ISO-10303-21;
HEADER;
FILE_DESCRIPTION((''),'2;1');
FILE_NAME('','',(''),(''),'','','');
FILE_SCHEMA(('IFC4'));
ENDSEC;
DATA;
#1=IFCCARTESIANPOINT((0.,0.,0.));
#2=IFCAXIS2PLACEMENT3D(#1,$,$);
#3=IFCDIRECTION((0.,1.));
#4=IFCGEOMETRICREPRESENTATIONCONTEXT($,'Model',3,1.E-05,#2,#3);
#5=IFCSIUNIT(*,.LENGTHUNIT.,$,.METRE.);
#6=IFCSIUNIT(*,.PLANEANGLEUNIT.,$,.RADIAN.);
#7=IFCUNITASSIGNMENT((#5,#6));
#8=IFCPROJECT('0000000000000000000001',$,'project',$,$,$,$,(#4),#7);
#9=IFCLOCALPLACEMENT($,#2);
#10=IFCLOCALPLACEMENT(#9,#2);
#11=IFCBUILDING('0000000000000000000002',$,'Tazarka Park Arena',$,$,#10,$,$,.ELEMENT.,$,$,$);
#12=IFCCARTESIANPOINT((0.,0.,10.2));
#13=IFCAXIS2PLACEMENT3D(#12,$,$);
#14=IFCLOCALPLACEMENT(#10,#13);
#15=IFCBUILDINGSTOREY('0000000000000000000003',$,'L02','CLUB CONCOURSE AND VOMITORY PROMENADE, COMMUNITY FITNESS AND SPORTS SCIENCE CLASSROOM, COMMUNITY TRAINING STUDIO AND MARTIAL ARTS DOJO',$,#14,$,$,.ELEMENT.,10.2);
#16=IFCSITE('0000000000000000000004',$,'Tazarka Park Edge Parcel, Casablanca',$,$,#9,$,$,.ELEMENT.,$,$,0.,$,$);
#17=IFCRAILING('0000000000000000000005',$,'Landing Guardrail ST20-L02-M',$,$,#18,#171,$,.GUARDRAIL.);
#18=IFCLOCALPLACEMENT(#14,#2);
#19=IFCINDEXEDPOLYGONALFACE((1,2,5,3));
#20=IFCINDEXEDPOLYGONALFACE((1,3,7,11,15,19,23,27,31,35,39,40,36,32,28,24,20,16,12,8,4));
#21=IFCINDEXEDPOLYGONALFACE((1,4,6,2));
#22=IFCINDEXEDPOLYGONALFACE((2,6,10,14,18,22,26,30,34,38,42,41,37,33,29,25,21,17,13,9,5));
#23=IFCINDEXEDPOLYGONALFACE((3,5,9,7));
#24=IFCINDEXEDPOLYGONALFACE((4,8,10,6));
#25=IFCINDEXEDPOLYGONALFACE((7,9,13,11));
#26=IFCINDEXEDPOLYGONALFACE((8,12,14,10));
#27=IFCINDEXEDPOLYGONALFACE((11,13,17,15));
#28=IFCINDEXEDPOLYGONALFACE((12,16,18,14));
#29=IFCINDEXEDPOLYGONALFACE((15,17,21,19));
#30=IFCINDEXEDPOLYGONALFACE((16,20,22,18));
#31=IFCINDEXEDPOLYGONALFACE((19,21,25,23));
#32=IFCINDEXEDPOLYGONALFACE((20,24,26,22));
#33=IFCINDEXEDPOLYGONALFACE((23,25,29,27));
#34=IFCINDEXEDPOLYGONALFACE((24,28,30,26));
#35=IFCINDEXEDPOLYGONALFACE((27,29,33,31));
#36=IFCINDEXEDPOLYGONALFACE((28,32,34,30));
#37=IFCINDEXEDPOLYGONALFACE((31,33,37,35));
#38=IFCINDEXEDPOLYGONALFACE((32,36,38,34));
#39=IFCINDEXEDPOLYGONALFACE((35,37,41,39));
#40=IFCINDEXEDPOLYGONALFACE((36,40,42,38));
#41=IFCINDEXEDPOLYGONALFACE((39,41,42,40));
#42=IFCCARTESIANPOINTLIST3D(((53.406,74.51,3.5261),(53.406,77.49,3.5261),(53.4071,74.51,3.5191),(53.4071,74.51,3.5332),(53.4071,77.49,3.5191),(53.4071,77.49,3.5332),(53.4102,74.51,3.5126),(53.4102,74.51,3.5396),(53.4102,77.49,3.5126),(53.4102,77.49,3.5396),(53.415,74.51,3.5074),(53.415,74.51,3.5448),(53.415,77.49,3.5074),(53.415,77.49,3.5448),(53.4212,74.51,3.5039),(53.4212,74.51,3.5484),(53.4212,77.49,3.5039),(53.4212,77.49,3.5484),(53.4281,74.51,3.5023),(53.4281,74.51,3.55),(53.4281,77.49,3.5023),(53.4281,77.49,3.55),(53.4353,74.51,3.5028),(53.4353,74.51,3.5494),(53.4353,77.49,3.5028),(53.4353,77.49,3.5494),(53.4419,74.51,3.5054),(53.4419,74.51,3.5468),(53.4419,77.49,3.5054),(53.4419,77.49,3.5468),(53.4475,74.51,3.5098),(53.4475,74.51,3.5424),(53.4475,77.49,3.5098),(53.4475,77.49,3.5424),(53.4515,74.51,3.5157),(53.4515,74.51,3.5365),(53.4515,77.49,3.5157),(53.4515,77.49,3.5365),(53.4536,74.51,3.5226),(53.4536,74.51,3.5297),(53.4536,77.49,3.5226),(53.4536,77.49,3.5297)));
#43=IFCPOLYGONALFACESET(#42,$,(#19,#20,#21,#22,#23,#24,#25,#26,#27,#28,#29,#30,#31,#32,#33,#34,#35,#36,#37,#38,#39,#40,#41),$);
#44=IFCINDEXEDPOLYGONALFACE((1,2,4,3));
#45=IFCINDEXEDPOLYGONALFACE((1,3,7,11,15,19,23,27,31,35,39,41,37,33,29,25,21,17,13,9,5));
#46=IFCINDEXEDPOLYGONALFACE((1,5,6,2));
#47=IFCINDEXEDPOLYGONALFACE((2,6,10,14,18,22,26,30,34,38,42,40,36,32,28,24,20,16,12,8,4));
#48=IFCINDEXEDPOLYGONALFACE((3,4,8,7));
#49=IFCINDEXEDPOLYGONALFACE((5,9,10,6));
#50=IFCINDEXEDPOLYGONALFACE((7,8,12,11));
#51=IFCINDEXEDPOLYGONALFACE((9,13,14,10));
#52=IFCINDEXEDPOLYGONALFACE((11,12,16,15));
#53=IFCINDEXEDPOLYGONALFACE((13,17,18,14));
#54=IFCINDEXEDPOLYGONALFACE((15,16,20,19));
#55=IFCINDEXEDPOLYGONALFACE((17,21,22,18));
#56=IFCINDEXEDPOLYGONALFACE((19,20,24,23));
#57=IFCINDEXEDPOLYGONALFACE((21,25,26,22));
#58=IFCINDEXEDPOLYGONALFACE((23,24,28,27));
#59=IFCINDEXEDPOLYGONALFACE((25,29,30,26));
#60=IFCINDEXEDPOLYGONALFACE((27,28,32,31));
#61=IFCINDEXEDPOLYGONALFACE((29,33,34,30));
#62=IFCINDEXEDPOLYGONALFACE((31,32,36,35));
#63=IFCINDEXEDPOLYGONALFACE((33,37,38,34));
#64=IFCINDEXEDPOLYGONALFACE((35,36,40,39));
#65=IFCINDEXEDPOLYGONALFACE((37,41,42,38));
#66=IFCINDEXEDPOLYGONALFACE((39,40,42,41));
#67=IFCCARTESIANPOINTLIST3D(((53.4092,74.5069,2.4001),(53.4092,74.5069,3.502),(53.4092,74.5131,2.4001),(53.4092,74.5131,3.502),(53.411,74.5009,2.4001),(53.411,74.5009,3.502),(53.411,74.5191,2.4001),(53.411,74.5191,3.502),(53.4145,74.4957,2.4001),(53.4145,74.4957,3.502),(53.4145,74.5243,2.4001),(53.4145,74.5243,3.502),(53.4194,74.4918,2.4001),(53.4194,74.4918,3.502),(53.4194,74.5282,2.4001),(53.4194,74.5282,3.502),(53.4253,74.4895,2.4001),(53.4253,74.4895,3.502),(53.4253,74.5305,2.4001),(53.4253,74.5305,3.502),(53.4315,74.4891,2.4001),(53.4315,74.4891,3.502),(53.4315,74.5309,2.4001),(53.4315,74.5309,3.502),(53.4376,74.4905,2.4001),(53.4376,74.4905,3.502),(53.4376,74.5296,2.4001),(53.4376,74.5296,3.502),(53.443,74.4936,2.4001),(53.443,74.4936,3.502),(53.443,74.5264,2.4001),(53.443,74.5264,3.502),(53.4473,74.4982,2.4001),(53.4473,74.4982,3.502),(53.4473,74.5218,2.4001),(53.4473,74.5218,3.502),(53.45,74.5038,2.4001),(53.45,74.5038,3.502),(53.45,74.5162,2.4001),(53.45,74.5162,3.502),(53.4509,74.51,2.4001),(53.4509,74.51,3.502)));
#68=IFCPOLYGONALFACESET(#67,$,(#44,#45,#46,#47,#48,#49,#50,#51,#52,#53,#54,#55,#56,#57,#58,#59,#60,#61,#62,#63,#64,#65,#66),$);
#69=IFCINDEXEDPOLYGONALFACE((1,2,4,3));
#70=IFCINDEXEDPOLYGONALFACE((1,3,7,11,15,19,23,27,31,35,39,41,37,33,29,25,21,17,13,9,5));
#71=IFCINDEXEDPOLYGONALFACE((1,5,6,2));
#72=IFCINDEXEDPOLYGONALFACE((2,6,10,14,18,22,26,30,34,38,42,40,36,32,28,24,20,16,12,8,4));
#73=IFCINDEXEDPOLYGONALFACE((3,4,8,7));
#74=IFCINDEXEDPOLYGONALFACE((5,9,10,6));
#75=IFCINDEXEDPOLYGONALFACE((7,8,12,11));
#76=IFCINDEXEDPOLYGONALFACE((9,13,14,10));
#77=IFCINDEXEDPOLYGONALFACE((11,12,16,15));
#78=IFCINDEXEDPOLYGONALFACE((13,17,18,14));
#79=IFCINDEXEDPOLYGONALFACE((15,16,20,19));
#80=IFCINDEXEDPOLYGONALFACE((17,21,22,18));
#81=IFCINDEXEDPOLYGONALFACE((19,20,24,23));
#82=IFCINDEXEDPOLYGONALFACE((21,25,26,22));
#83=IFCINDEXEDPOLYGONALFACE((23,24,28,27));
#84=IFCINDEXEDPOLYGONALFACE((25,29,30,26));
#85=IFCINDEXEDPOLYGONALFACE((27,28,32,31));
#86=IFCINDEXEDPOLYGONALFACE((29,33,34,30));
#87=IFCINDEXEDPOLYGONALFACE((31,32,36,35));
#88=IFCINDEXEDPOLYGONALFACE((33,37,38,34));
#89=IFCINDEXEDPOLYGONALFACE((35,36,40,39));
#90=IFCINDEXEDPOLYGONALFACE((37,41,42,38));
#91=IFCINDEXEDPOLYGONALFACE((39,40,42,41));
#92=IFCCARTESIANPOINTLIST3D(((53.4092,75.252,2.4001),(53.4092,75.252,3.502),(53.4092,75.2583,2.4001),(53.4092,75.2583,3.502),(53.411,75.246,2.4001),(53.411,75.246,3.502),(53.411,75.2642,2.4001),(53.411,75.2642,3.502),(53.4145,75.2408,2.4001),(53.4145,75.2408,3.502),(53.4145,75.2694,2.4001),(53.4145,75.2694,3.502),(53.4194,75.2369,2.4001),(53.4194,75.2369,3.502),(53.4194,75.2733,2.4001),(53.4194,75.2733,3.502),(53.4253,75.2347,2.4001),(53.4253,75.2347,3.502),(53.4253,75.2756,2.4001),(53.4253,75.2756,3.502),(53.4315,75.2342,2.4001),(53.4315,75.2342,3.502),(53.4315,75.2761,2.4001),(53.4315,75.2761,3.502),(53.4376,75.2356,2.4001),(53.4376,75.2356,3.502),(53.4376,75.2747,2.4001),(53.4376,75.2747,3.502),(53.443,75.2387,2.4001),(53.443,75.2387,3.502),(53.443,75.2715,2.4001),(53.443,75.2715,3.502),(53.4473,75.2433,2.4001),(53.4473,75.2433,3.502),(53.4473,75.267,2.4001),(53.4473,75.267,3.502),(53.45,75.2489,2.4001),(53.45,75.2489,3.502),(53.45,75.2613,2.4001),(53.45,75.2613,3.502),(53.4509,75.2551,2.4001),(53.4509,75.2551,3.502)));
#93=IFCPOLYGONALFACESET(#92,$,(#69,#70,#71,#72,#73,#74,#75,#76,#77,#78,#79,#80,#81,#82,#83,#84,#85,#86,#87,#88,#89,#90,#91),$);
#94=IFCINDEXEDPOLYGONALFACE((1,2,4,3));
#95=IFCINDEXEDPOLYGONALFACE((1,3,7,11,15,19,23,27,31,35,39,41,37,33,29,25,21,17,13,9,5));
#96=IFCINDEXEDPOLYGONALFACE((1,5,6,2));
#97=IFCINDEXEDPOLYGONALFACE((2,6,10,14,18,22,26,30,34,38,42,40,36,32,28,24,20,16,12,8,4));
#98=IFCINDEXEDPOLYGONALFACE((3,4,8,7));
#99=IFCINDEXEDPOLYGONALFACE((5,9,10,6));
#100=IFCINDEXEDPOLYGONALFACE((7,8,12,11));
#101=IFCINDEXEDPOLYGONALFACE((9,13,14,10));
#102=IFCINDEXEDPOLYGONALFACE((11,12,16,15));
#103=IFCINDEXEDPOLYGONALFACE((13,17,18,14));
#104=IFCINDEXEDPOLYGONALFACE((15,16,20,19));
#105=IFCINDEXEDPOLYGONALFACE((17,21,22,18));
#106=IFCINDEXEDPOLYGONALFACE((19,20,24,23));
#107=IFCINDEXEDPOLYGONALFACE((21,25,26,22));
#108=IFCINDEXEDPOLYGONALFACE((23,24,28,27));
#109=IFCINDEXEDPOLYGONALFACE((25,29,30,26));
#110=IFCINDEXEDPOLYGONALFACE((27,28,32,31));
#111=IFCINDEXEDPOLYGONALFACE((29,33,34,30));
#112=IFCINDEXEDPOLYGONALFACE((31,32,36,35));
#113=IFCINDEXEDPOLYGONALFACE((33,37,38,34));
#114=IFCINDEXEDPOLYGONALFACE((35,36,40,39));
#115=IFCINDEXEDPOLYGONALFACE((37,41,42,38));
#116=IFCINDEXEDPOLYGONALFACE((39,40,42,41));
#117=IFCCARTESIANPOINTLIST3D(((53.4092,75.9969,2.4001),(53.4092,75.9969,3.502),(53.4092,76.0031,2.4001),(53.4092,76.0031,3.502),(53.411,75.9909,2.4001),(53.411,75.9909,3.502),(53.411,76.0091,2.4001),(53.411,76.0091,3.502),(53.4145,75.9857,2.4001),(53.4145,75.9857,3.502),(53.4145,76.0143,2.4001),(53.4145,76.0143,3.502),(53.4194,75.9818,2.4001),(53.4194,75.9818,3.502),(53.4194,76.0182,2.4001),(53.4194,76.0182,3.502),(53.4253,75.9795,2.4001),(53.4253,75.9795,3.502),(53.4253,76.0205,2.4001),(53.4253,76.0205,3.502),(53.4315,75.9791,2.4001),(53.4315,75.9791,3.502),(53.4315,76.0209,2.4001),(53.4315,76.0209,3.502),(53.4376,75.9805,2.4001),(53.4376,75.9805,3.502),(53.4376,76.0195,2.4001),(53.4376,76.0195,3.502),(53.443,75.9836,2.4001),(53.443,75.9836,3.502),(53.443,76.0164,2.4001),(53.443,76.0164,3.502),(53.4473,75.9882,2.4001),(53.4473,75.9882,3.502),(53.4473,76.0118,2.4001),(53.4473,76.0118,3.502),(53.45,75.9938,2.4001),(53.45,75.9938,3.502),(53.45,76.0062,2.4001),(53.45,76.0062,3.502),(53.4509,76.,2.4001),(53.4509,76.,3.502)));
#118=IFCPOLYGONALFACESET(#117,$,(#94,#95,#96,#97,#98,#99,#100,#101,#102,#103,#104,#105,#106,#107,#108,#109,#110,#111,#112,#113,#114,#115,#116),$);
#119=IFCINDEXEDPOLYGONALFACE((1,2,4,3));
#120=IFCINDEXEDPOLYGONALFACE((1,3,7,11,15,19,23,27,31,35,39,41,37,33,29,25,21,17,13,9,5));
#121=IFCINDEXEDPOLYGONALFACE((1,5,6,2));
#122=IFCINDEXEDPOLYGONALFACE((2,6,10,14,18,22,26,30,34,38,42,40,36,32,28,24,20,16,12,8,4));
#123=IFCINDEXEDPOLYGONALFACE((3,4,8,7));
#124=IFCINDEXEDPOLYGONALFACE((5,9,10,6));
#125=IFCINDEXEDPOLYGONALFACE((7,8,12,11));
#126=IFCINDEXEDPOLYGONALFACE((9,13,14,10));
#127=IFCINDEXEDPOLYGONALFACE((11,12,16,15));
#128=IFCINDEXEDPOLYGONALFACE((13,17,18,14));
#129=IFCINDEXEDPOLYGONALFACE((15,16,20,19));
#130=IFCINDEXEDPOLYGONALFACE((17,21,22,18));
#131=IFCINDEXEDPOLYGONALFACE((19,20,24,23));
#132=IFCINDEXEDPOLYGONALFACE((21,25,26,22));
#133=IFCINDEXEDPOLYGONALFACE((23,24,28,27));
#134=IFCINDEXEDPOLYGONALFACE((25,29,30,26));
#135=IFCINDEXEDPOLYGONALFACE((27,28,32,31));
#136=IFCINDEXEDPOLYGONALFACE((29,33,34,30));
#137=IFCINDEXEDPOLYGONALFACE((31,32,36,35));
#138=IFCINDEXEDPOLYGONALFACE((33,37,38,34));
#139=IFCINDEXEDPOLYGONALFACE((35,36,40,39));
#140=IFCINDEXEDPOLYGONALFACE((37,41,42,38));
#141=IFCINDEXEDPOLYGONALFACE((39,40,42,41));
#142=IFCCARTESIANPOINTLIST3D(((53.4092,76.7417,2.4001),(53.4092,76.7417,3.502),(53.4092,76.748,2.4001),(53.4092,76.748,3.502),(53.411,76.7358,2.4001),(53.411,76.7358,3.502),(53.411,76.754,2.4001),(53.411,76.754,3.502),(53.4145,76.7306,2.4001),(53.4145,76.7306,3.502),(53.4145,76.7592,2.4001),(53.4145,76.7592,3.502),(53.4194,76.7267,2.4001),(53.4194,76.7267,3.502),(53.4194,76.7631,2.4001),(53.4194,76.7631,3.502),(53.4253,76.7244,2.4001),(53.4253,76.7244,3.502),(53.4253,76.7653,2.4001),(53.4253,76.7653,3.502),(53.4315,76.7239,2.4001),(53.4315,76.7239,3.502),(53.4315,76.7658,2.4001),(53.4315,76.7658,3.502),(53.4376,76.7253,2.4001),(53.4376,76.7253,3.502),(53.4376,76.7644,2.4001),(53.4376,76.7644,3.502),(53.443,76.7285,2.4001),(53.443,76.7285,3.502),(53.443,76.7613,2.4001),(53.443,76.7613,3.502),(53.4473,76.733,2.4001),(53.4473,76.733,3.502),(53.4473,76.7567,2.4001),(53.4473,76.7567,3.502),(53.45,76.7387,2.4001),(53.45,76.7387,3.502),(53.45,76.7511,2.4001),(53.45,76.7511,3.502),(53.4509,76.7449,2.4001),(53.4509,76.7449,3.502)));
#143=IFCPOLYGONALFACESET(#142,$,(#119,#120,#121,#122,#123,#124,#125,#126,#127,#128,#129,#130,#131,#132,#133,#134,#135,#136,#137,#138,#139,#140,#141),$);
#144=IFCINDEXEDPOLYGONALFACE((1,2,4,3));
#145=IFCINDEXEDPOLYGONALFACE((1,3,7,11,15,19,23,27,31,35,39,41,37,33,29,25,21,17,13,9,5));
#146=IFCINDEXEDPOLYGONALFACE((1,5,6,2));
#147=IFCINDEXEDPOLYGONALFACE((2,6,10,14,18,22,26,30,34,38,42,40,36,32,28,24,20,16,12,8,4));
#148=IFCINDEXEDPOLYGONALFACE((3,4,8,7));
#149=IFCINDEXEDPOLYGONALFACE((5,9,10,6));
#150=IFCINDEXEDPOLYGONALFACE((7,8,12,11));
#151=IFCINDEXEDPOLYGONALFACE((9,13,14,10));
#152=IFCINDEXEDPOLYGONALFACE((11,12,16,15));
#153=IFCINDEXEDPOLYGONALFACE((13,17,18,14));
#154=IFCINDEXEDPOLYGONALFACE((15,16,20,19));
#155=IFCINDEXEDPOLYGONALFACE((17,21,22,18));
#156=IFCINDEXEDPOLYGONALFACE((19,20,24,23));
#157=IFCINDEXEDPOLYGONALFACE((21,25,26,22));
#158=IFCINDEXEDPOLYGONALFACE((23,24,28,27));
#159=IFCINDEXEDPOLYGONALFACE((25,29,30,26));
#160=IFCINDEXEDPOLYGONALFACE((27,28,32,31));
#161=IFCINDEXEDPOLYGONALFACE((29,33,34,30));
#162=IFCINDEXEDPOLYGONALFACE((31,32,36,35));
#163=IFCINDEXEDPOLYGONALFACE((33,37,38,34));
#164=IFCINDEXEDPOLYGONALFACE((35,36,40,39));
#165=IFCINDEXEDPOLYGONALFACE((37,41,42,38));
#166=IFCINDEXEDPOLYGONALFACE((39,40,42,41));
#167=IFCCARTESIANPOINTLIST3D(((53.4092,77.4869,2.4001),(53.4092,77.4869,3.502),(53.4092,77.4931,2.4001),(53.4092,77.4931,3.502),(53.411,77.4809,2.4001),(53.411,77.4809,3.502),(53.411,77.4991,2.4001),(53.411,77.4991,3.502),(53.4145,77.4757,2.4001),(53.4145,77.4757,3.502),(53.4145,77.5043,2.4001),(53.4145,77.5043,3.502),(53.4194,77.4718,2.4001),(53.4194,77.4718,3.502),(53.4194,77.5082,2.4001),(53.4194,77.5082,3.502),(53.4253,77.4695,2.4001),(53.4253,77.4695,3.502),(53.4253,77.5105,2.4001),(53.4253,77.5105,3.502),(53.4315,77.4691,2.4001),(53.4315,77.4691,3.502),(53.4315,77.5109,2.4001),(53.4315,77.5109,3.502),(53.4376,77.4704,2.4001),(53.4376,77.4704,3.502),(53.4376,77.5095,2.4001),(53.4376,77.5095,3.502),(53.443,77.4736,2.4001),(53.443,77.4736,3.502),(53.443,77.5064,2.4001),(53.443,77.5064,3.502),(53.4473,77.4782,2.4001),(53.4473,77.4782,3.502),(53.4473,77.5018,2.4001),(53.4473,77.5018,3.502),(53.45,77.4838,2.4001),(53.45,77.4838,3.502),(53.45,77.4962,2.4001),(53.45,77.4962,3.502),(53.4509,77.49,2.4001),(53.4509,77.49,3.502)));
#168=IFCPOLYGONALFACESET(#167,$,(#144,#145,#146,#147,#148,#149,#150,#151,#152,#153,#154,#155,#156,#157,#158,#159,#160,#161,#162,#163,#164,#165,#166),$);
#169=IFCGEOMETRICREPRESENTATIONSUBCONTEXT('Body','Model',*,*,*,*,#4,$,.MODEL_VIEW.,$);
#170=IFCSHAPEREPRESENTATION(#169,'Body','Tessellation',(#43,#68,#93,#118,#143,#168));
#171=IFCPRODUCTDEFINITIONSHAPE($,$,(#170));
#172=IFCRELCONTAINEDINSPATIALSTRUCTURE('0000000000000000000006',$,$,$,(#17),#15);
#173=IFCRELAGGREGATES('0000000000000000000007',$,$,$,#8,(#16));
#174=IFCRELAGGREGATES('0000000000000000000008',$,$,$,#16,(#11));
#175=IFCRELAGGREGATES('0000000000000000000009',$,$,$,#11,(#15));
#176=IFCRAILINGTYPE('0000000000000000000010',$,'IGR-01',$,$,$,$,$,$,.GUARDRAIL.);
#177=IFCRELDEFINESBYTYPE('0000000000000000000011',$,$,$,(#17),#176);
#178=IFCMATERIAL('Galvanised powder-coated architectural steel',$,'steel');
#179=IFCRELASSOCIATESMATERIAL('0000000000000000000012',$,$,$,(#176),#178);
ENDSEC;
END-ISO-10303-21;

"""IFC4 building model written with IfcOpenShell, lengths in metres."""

from ifc_helpers import new_model, si_unit, direction, frame, origin, origin_2d, place, context, subcontext, project, spatial, circle, extrude, material, type_object, element, save


model = new_model("IFC4")

# Units and contexts
model_context = context("Model", 3, precision=1e-05, world=origin(), true_north=direction((0.0, 1.0)))
body_context = subcontext(model_context, "Body", "Model", "MODEL_VIEW")
ifc_project = project(units=[si_unit("LENGTHUNIT", "METRE"), si_unit("PLANEANGLEUNIT", "RADIAN")], contexts=[model_context])

# Site, building, storey
site_placement = place(None, origin())
site = spatial("IfcSite", under=ifc_project, at=site_placement, Name="Tazarka Park Edge Parcel, Casablanca", CompositionType="ELEMENT", RefElevation=0.0)
building_placement = place(site_placement, origin())
building = spatial("IfcBuilding", under=site, at=building_placement, Name="Tazarka Park Arena", CompositionType="ELEMENT")
storey_placement = place(building_placement, frame((0.0, 0.0, 10.2)))
storey = spatial("IfcBuildingStorey", under=building, at=storey_placement, Name="L02", Description="CLUB CONCOURSE AND VOMITORY PROMENADE, COMMUNITY FITNESS AND SPORTS SCIENCE CLASSROOM, COMMUNITY TRAINING STUDIO AND MARTIAL ARTS DOJO", CompositionType="ELEMENT", Elevation=10.2)

# Railing
ifc_material_1 = material(Name="Galvanised powder-coated architectural steel", Category="steel")
railing_type_1 = type_object("IfcRailingType", Name="IGR-01", PredefinedType="GUARDRAIL", material=ifc_material_1)
for number, where, name in (
    (1, (53.4299, 74.51, 2.4001), "Landing Guardrail ST20-L02-M"),
):
    element("IfcRailing", number, at=place(storey_placement, frame(where)), inside=storey, type_object=railing_type_1, Name=name, PredefinedType="GUARDRAIL", context=body_context, shape_type="SweptSolid", body=[
        extrude(circle(Radius=0.0239, at=origin_2d()), frame((0.0, 0.0, 1.126), z_axis=(0.0, 1.0, 0.0), x_axis=(-1.0, 0.0, 0.0)), (0.0, 0.0, 1.0), 2.98),
        extrude(circle(Radius=0.021, at=origin_2d()), origin(), (0.0, 0.0, 1.0), 1.1018),
        extrude(circle(Radius=0.021, at=origin_2d()), frame((0.0, 0.7451, 0.0)), (0.0, 0.0, 1.0), 1.1018),
        extrude(circle(Radius=0.021, at=origin_2d()), frame((0.0, 1.49, 0.0)), (0.0, 0.0, 1.0), 1.1018),
        extrude(circle(Radius=0.021, at=origin_2d()), frame((0.0, 2.2349, 0.0)), (0.0, 0.0, 1.0), 1.1018),
        extrude(circle(Radius=0.021, at=origin_2d()), frame((0.0, 2.98, 0.0)), (0.0, 0.0, 1.0), 1.1018),
    ])

save(model, "model.ifc")
